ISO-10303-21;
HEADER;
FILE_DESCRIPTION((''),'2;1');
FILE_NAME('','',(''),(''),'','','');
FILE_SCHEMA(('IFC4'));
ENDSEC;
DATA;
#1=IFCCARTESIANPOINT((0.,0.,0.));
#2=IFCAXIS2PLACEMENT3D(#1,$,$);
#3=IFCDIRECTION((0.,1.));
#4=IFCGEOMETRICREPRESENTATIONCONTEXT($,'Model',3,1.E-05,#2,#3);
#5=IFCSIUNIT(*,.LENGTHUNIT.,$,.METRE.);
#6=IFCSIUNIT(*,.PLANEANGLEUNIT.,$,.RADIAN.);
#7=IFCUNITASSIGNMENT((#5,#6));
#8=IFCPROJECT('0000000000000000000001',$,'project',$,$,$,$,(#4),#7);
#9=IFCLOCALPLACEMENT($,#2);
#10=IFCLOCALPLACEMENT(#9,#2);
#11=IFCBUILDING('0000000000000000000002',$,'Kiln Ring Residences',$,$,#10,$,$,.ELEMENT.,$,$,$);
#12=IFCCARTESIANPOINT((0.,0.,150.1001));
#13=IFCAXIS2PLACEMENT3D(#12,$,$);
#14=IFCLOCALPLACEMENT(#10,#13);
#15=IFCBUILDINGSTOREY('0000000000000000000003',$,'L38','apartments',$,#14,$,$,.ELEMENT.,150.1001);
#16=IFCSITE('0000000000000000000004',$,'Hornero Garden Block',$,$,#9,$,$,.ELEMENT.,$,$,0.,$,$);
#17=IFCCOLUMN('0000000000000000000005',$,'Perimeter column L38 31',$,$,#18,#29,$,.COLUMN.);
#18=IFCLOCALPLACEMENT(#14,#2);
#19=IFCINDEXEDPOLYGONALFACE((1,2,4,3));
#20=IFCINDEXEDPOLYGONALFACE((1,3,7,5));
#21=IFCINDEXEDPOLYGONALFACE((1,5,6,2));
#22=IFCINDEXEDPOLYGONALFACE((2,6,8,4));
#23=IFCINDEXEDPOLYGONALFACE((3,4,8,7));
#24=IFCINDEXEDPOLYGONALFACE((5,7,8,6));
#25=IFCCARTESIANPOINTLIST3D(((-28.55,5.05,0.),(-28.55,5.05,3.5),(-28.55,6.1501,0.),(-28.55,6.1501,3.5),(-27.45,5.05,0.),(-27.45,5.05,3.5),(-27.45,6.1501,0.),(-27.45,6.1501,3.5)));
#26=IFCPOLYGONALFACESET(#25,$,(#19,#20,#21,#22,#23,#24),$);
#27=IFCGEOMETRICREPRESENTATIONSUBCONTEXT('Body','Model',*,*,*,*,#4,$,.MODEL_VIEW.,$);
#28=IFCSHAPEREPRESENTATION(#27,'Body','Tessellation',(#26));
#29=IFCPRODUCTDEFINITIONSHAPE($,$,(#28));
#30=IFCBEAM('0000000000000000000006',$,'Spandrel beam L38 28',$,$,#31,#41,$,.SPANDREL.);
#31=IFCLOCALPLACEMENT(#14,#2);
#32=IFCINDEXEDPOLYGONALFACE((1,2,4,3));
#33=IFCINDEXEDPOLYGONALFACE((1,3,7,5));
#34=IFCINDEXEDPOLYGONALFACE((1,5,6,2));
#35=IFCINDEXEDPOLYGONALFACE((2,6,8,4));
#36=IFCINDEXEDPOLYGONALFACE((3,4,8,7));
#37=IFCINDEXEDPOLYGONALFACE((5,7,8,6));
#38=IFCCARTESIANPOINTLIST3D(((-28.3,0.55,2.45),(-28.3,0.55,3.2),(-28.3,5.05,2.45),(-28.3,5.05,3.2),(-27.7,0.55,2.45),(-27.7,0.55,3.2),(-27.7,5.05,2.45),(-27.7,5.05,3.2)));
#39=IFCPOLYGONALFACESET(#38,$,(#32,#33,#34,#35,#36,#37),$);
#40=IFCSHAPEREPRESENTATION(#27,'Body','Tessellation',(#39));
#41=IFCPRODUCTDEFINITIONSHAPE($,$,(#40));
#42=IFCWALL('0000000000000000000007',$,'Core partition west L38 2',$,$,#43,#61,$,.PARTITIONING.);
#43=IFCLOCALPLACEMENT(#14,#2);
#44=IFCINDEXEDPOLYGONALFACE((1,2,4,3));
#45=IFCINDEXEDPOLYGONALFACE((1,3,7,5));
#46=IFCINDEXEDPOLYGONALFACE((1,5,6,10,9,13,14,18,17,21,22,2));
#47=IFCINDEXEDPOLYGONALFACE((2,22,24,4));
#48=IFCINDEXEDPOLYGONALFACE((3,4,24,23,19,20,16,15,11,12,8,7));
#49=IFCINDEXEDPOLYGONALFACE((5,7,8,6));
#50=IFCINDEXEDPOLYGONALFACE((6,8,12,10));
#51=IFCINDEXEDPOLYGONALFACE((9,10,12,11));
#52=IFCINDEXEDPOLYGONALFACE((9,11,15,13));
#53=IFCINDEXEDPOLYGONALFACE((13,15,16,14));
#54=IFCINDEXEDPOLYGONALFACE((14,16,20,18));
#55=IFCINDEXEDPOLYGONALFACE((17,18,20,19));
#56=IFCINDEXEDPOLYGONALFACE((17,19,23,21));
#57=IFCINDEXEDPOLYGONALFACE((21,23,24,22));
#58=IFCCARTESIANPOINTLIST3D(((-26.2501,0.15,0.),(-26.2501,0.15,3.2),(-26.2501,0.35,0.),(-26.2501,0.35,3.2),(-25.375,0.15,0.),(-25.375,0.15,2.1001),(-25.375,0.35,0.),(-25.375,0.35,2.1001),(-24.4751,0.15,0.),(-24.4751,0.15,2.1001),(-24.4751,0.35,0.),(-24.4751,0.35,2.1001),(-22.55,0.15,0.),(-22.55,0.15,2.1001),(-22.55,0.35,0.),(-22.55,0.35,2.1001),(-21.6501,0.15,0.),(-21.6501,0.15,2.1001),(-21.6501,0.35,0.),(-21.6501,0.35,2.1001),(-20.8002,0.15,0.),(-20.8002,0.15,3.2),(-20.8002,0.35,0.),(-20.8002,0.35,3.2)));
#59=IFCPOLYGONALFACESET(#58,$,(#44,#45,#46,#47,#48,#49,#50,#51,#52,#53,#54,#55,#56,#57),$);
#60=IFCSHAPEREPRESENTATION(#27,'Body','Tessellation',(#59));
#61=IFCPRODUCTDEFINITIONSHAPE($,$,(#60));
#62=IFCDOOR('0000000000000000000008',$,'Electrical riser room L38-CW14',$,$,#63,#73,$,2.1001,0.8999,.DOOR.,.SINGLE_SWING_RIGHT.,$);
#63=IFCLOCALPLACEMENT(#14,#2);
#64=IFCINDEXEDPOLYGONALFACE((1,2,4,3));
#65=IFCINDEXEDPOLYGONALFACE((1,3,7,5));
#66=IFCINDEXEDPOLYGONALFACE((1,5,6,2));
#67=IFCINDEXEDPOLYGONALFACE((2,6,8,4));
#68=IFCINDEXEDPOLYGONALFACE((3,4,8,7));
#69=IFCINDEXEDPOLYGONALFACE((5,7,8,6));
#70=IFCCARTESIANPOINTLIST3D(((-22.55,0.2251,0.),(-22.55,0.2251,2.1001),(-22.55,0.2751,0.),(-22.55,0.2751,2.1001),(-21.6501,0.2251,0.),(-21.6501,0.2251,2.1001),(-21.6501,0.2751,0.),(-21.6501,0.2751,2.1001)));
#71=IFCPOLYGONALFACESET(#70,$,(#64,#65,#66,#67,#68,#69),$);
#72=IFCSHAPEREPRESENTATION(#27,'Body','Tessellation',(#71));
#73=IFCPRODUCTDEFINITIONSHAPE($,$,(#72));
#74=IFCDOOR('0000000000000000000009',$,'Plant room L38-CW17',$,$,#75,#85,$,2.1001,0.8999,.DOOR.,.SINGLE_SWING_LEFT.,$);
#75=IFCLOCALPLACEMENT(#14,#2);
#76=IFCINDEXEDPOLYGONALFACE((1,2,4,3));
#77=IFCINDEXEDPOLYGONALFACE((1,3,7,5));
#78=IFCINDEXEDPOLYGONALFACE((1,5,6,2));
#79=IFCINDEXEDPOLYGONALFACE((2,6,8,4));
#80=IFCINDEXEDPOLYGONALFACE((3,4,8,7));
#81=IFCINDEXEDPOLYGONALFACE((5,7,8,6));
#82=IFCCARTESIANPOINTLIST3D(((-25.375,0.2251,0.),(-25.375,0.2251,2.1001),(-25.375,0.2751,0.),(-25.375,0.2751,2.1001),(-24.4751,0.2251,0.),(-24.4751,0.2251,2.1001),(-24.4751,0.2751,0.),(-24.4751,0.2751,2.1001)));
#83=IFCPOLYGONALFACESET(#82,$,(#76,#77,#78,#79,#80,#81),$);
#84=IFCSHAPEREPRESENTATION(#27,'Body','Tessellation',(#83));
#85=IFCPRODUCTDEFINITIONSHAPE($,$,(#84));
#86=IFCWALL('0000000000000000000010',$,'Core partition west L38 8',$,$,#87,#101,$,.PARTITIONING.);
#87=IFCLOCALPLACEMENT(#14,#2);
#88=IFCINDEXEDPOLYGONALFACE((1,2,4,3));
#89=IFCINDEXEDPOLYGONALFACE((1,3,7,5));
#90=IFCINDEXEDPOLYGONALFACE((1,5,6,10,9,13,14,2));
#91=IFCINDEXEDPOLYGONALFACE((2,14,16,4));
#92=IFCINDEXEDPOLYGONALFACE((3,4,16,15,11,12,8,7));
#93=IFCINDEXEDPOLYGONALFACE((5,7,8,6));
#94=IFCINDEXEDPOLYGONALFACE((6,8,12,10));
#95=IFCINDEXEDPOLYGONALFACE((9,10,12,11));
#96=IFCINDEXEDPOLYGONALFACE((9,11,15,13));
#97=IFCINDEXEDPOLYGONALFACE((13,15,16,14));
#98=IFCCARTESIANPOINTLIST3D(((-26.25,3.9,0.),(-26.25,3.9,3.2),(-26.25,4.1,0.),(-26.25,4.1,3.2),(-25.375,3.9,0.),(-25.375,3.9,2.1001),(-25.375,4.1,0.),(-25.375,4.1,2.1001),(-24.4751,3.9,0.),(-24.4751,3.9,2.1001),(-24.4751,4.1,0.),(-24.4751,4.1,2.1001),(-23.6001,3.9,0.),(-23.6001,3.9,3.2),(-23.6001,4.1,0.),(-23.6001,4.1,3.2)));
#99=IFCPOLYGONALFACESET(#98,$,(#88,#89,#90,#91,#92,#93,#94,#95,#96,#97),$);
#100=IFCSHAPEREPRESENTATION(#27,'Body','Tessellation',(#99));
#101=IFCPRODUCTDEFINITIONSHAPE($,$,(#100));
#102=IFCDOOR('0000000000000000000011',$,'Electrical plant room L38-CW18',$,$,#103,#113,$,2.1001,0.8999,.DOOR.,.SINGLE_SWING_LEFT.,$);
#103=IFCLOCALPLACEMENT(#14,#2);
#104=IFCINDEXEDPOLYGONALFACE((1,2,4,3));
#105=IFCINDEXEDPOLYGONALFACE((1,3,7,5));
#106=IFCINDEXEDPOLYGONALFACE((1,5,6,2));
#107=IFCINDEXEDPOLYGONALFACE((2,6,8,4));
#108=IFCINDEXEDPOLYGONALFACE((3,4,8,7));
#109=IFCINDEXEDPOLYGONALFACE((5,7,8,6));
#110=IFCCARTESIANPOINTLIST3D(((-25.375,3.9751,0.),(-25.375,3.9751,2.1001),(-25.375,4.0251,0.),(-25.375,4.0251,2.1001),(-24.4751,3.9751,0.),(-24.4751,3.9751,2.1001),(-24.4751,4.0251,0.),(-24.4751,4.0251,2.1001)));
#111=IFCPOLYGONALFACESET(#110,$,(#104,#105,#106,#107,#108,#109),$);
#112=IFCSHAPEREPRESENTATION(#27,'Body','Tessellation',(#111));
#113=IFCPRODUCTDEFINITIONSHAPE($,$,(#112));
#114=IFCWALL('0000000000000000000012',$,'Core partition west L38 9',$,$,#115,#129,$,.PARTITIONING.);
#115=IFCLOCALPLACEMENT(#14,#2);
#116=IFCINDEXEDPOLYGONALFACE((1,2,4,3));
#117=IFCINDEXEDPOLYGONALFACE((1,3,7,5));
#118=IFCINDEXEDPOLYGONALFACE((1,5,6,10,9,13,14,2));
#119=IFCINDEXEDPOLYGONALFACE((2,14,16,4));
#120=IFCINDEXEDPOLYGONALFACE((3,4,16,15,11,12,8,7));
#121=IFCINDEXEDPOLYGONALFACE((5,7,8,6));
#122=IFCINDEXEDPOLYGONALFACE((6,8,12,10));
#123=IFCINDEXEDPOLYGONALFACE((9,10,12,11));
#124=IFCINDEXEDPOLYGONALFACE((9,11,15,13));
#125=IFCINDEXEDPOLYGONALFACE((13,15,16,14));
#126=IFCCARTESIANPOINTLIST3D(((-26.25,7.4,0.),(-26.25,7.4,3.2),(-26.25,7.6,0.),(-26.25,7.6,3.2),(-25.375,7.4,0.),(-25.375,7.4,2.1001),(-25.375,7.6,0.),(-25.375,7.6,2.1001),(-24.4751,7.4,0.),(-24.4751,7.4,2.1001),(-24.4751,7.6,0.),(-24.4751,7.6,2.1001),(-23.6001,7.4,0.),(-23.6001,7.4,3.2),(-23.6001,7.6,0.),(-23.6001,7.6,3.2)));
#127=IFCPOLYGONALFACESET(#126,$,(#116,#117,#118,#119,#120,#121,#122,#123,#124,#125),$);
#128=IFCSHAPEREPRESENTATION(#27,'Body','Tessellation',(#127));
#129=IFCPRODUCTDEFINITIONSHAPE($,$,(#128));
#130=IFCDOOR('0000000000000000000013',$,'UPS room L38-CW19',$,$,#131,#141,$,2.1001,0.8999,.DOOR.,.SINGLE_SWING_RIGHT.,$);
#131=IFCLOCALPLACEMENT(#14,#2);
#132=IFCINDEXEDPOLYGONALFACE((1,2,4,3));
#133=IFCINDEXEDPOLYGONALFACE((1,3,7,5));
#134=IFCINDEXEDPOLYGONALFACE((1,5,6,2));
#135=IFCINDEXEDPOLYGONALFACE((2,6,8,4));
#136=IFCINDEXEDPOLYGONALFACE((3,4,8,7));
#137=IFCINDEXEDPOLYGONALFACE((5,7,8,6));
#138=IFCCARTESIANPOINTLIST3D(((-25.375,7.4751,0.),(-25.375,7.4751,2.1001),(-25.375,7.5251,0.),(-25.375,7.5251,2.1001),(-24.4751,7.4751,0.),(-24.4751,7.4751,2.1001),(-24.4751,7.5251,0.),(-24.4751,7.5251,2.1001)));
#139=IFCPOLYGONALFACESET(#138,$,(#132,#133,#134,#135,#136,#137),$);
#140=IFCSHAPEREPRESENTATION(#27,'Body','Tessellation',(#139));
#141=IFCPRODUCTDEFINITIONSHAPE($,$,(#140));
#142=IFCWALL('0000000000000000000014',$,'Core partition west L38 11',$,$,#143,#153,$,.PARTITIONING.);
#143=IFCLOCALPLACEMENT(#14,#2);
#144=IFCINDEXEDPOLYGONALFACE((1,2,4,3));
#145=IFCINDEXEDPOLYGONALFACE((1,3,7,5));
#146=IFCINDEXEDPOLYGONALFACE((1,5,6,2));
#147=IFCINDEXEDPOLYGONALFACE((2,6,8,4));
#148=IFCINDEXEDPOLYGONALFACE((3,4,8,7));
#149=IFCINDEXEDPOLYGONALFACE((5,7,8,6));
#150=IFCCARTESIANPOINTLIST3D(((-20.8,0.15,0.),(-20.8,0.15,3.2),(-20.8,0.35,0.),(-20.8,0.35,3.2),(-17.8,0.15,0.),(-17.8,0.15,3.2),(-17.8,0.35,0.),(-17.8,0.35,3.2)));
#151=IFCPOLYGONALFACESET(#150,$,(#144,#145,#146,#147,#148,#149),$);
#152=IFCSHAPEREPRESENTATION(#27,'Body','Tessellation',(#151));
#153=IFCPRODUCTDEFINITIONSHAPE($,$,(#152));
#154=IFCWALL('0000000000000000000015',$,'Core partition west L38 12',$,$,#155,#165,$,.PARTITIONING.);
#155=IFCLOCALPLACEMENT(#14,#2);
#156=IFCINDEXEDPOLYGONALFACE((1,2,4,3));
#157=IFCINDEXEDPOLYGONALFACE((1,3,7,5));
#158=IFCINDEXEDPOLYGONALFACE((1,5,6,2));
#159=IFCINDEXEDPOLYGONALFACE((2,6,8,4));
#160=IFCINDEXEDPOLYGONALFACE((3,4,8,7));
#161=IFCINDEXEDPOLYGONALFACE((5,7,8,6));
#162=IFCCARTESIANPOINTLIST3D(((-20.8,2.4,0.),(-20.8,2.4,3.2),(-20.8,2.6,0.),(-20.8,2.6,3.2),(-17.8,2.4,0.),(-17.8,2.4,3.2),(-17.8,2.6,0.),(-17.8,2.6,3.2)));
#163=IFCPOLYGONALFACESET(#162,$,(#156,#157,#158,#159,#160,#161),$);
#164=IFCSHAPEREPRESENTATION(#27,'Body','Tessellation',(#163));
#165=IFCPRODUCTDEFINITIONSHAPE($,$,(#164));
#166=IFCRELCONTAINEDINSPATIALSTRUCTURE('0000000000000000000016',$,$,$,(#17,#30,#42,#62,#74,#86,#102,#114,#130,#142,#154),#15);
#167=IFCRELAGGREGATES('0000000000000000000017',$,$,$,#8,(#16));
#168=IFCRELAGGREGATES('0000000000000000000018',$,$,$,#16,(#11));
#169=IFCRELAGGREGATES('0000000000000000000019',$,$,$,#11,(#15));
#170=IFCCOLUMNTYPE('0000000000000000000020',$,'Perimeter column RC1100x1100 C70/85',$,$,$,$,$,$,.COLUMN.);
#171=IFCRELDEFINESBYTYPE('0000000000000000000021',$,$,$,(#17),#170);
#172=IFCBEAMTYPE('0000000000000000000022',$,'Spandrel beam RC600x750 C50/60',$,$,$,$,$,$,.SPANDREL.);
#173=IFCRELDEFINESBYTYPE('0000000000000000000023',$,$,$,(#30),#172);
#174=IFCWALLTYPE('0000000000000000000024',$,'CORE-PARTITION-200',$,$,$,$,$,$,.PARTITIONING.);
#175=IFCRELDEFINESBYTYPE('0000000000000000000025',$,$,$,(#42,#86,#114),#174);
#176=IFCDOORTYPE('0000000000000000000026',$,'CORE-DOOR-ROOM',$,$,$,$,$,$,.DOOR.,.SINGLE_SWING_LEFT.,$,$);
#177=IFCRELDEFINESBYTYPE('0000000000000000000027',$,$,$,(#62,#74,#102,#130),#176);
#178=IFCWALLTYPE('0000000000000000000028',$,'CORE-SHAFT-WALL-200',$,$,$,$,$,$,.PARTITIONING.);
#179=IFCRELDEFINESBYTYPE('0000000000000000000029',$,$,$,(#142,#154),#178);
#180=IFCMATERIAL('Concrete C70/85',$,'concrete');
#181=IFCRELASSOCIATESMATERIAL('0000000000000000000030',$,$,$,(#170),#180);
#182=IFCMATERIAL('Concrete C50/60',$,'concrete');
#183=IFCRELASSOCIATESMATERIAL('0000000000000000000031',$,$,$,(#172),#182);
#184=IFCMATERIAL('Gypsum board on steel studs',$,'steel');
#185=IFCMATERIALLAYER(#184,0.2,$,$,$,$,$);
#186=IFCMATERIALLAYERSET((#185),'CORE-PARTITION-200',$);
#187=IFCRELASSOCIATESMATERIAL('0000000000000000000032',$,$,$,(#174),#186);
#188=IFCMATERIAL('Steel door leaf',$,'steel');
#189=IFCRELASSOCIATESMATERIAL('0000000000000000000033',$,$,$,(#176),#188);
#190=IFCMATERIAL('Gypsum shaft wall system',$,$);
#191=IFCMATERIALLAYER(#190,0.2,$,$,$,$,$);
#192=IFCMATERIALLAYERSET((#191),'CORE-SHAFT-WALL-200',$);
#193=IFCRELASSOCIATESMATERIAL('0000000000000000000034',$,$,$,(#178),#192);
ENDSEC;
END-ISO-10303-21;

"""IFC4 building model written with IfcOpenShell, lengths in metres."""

from ifc_helpers import new_model, si_unit, direction, frame, frame_2d, origin, origin_2d, place, context, subcontext, project, spatial, rectangle, extrude, material, layer, layer_set, material_profile, profile_set, type_object, element, fill, save


model = new_model("IFC4")

# Units and contexts
model_context = context("Model", 3, precision=1e-05, world=origin(), true_north=direction((0.0, 1.0)))
body_context = subcontext(model_context, "Body", "Model", "MODEL_VIEW")
ifc_project = project(units=[si_unit("LENGTHUNIT", "METRE"), si_unit("PLANEANGLEUNIT", "RADIAN")], contexts=[model_context])

# Site, building, storey
site_placement = place(None, origin())
site = spatial("IfcSite", under=ifc_project, at=site_placement, Name="Hornero Garden Block", CompositionType="ELEMENT", RefElevation=0.0)
building_placement = place(site_placement, origin())
building = spatial("IfcBuilding", under=site, at=building_placement, Name="Kiln Ring Residences", CompositionType="ELEMENT")
storey_placement = place(building_placement, frame((0.0, 0.0, 150.1001)))
storey = spatial("IfcBuildingStorey", under=building, at=storey_placement, Name="L38", Description="apartments", CompositionType="ELEMENT", Elevation=150.1001)

# Column
ifc_material_1 = material(Name="Concrete C70/85", Category="concrete")
ifc_material_profile_1 = material_profile(ifc_material_1, rectangle(XDim=1.1001, YDim=1.1001, at=origin_2d()), Name="RC1100x1100")
ifc_profile_set_1 = profile_set([ifc_material_profile_1], Name="Concrete C70/85")
column_type = type_object("IfcColumnType", Name="Perimeter column RC1100x1100 C70/85", PredefinedType="COLUMN", material=ifc_profile_set_1)
column_placement = place(storey_placement, frame((-28.0, 5.6001, 0.0), z_axis=(0.0, 0.0, 1.0), x_axis=(1.0, 0.0, 0.0)))
element("IfcColumn", 1, at=column_placement, inside=storey, type_object=column_type, Name="Perimeter column L38 31", PredefinedType="COLUMN", context=body_context, shape_type="SweptSolid", body=[
    extrude(rectangle(XDim=1.1001, YDim=1.1001, at=origin_2d()), origin(), (0.0, 0.0, 1.0), 3.5),
])

# Beam
ifc_material_2 = material(Name="Concrete C50/60", Category="concrete")
ifc_material_profile_2 = material_profile(ifc_material_2, rectangle(XDim=0.6001, YDim=0.75, at=origin_2d()), Name="RC600x750")
ifc_profile_set_2 = profile_set([ifc_material_profile_2], Name="Concrete C50/60")
beam_type = type_object("IfcBeamType", Name="Spandrel beam RC600x750 C50/60", PredefinedType="SPANDREL", material=ifc_profile_set_2)
beam_placement = place(storey_placement, frame((-28.0, 5.05, 2.825), z_axis=(0.0, -1.0, 0.0), x_axis=(1.0, 0.0, 0.0)))
element("IfcBeam", 2, at=beam_placement, inside=storey, type_object=beam_type, Name="Spandrel beam L38 28", PredefinedType="SPANDREL", context=body_context, shape_type="SweptSolid", body=[
    extrude(rectangle(XDim=0.6001, YDim=0.75, at=origin_2d()), origin(), (0.0, 0.0, 1.0), 4.5),
])

# Wall, openings, doors
ifc_material_3 = material(Name="Gypsum board on steel studs", Category="steel")
ifc_layer_1 = layer(ifc_material_3, 0.2)
ifc_layer_set_1 = layer_set([ifc_layer_1], Name="CORE-PARTITION-200")
wall_type_1 = type_object("IfcWallType", Name="CORE-PARTITION-200", PredefinedType="PARTITIONING", material=ifc_layer_set_1)
wall_1_placement = place(storey_placement, frame((-20.8, 0.25, 0.0), z_axis=(0.0, 0.0, 1.0), x_axis=(-1.0, 0.0, 0.0)))
wall_1 = element("IfcWall", 3, at=wall_1_placement, inside=storey, type_object=wall_type_1, Name="Core partition west L38 2", PredefinedType="PARTITIONING", context=body_context, shape_type="SweptSolid", body=[
    extrude(rectangle(XDim=5.45, YDim=0.2, at=frame_2d((2.7251, 0.0))), origin(), (0.0, 0.0, 1.0), 3.2),
])
opening_1_placement = place(wall_1_placement, frame((0.8501, 0.0, 0.0)))
opening_1 = element("IfcOpeningElement", 4, at=opening_1_placement, cuts=wall_1, PredefinedType="OPENING", context=body_context, shape_type="SweptSolid", body=[
    extrude(rectangle(XDim=0.8999, YDim=2.1001, at=frame_2d((0.45, 1.05))), frame((0.0, 0.1099, 0.0), z_axis=(0.0, -1.0, 0.0), x_axis=(1.0, 0.0, 0.0)), (0.0, 0.0, 1.0), 0.22),
])
opening_2_placement = place(wall_1_placement, frame((3.675, 0.0, 0.0)))
opening_2 = element("IfcOpeningElement", 5, at=opening_2_placement, cuts=wall_1, PredefinedType="OPENING", context=body_context, shape_type="SweptSolid", body=[
    extrude(rectangle(XDim=0.8999, YDim=2.1001, at=frame_2d((0.45, 1.05))), frame((0.0, 0.1099, 0.0), z_axis=(0.0, -1.0, 0.0), x_axis=(1.0, 0.0, 0.0)), (0.0, 0.0, 1.0), 0.22),
])
ifc_material_4 = material(Name="Steel door leaf", Category="steel")
door_type = type_object("IfcDoorType", Name="CORE-DOOR-ROOM", OperationType="SINGLE_SWING_LEFT", PredefinedType="DOOR", material=ifc_material_4)
door_1_placement = place(opening_1_placement, origin())
door_1 = element("IfcDoor", 6, at=door_1_placement, inside=storey, type_object=door_type, Name="Electrical riser room L38-CW14", OperationType="SINGLE_SWING_RIGHT", OverallHeight=2.1001, OverallWidth=0.8999, PredefinedType="DOOR", context=body_context, shape_type="SweptSolid", body=[
    extrude(rectangle(XDim=0.8999, YDim=2.1001, at=frame_2d((0.45, 1.05))), frame((0.0, 0.0249, 0.0), z_axis=(0.0, -1.0, 0.0), x_axis=(1.0, 0.0, 0.0)), (0.0, 0.0, 1.0), 0.05),
])
fill(opening_1, door_1)
door_2_placement = place(opening_2_placement, origin())
door_2 = element("IfcDoor", 7, at=door_2_placement, inside=storey, type_object=door_type, Name="Plant room L38-CW17", OperationType="SINGLE_SWING_LEFT", OverallHeight=2.1001, OverallWidth=0.8999, PredefinedType="DOOR", context=body_context, shape_type="SweptSolid", body=[
    extrude(rectangle(XDim=0.8999, YDim=2.1001, at=frame_2d((0.45, 1.05))), frame((0.0, 0.0249, 0.0), z_axis=(0.0, -1.0, 0.0), x_axis=(1.0, 0.0, 0.0)), (0.0, 0.0, 1.0), 0.05),
])
fill(opening_2, door_2)

# Walls, openings, doors
wall_2_placement = place(storey_placement, frame((-23.6001, 4.0, 0.0), z_axis=(0.0, 0.0, 1.0), x_axis=(-1.0, 0.0, 0.0)))
wall_2 = element("IfcWall", 8, at=wall_2_placement, inside=storey, type_object=wall_type_1, Name="Core partition west L38 8", PredefinedType="PARTITIONING", context=body_context, shape_type="SweptSolid", body=[
    extrude(rectangle(XDim=2.6499, YDim=0.2, at=frame_2d((1.325, 0.0))), origin(), (0.0, 0.0, 1.0), 3.2),
])
opening_3_placement = place(wall_2_placement, frame((0.875, 0.0, 0.0)))
opening_3 = element("IfcOpeningElement", 9, at=opening_3_placement, cuts=wall_2, PredefinedType="OPENING", context=body_context, shape_type="SweptSolid", body=[
    extrude(rectangle(XDim=0.8999, YDim=2.1001, at=frame_2d((0.45, 1.05))), frame((0.0, 0.1099, 0.0), z_axis=(0.0, -1.0, 0.0), x_axis=(1.0, 0.0, 0.0)), (0.0, 0.0, 1.0), 0.22),
])
door_3_placement = place(opening_3_placement, origin())
door_3 = element("IfcDoor", 10, at=door_3_placement, inside=storey, type_object=door_type, Name="Electrical plant room L38-CW18", OperationType="SINGLE_SWING_LEFT", OverallHeight=2.1001, OverallWidth=0.8999, PredefinedType="DOOR", context=body_context, shape_type="SweptSolid", body=[
    extrude(rectangle(XDim=0.8999, YDim=2.1001, at=frame_2d((0.45, 1.05))), frame((0.0, 0.0249, 0.0), z_axis=(0.0, -1.0, 0.0), x_axis=(1.0, 0.0, 0.0)), (0.0, 0.0, 1.0), 0.05),
])
fill(opening_3, door_3)
wall_3_placement = place(storey_placement, frame((-23.6001, 7.5, 0.0), z_axis=(0.0, 0.0, 1.0), x_axis=(-1.0, 0.0, 0.0)))
wall_3 = element("IfcWall", 11, at=wall_3_placement, inside=storey, type_object=wall_type_1, Name="Core partition west L38 9", PredefinedType="PARTITIONING", context=body_context, shape_type="SweptSolid", body=[
    extrude(rectangle(XDim=2.6499, YDim=0.2, at=frame_2d((1.325, 0.0))), origin(), (0.0, 0.0, 1.0), 3.2),
])
opening_4_placement = place(wall_3_placement, frame((0.875, 0.0, 0.0)))
opening_4 = element("IfcOpeningElement", 12, at=opening_4_placement, cuts=wall_3, PredefinedType="OPENING", context=body_context, shape_type="SweptSolid", body=[
    extrude(rectangle(XDim=0.8999, YDim=2.1001, at=frame_2d((0.45, 1.05))), frame((0.0, 0.1099, 0.0), z_axis=(0.0, -1.0, 0.0), x_axis=(1.0, 0.0, 0.0)), (0.0, 0.0, 1.0), 0.22),
])
door_4_placement = place(opening_4_placement, origin())
door_4 = element("IfcDoor", 13, at=door_4_placement, inside=storey, type_object=door_type, Name="UPS room L38-CW19", OperationType="SINGLE_SWING_RIGHT", OverallHeight=2.1001, OverallWidth=0.8999, PredefinedType="DOOR", context=body_context, shape_type="SweptSolid", body=[
    extrude(rectangle(XDim=0.8999, YDim=2.1001, at=frame_2d((0.45, 1.05))), frame((0.0, 0.0249, 0.0), z_axis=(0.0, -1.0, 0.0), x_axis=(1.0, 0.0, 0.0)), (0.0, 0.0, 1.0), 0.05),
])
fill(opening_4, door_4)

# Walls
ifc_material_5 = material(Name="Gypsum shaft wall system")
ifc_layer_2 = layer(ifc_material_5, 0.2)
ifc_layer_set_2 = layer_set([ifc_layer_2], Name="CORE-SHAFT-WALL-200")
wall_type_2 = type_object("IfcWallType", Name="CORE-SHAFT-WALL-200", PredefinedType="PARTITIONING", material=ifc_layer_set_2)
for number, where, z_axis, x_axis, name in (
    (14, (-17.8, 0.25, 0.0), (0.0, 0.0, 1.0), (-1.0, 0.0, 0.0), "Core partition west L38 11"),
    (15, (-17.8, 2.5, 0.0), (0.0, 0.0, 1.0), (-1.0, 0.0, 0.0), "Core partition west L38 12"),
):
    element("IfcWall", number, at=place(storey_placement, frame(where, z_axis=z_axis, x_axis=x_axis)), inside=storey, type_object=wall_type_2, Name=name, PredefinedType="PARTITIONING", context=body_context, shape_type="SweptSolid", body=[
        extrude(rectangle(XDim=3.0, YDim=0.2, at=frame_2d((1.5, 0.0))), origin(), (0.0, 0.0, 1.0), 3.2),
    ])

save(model, "model.ifc")
